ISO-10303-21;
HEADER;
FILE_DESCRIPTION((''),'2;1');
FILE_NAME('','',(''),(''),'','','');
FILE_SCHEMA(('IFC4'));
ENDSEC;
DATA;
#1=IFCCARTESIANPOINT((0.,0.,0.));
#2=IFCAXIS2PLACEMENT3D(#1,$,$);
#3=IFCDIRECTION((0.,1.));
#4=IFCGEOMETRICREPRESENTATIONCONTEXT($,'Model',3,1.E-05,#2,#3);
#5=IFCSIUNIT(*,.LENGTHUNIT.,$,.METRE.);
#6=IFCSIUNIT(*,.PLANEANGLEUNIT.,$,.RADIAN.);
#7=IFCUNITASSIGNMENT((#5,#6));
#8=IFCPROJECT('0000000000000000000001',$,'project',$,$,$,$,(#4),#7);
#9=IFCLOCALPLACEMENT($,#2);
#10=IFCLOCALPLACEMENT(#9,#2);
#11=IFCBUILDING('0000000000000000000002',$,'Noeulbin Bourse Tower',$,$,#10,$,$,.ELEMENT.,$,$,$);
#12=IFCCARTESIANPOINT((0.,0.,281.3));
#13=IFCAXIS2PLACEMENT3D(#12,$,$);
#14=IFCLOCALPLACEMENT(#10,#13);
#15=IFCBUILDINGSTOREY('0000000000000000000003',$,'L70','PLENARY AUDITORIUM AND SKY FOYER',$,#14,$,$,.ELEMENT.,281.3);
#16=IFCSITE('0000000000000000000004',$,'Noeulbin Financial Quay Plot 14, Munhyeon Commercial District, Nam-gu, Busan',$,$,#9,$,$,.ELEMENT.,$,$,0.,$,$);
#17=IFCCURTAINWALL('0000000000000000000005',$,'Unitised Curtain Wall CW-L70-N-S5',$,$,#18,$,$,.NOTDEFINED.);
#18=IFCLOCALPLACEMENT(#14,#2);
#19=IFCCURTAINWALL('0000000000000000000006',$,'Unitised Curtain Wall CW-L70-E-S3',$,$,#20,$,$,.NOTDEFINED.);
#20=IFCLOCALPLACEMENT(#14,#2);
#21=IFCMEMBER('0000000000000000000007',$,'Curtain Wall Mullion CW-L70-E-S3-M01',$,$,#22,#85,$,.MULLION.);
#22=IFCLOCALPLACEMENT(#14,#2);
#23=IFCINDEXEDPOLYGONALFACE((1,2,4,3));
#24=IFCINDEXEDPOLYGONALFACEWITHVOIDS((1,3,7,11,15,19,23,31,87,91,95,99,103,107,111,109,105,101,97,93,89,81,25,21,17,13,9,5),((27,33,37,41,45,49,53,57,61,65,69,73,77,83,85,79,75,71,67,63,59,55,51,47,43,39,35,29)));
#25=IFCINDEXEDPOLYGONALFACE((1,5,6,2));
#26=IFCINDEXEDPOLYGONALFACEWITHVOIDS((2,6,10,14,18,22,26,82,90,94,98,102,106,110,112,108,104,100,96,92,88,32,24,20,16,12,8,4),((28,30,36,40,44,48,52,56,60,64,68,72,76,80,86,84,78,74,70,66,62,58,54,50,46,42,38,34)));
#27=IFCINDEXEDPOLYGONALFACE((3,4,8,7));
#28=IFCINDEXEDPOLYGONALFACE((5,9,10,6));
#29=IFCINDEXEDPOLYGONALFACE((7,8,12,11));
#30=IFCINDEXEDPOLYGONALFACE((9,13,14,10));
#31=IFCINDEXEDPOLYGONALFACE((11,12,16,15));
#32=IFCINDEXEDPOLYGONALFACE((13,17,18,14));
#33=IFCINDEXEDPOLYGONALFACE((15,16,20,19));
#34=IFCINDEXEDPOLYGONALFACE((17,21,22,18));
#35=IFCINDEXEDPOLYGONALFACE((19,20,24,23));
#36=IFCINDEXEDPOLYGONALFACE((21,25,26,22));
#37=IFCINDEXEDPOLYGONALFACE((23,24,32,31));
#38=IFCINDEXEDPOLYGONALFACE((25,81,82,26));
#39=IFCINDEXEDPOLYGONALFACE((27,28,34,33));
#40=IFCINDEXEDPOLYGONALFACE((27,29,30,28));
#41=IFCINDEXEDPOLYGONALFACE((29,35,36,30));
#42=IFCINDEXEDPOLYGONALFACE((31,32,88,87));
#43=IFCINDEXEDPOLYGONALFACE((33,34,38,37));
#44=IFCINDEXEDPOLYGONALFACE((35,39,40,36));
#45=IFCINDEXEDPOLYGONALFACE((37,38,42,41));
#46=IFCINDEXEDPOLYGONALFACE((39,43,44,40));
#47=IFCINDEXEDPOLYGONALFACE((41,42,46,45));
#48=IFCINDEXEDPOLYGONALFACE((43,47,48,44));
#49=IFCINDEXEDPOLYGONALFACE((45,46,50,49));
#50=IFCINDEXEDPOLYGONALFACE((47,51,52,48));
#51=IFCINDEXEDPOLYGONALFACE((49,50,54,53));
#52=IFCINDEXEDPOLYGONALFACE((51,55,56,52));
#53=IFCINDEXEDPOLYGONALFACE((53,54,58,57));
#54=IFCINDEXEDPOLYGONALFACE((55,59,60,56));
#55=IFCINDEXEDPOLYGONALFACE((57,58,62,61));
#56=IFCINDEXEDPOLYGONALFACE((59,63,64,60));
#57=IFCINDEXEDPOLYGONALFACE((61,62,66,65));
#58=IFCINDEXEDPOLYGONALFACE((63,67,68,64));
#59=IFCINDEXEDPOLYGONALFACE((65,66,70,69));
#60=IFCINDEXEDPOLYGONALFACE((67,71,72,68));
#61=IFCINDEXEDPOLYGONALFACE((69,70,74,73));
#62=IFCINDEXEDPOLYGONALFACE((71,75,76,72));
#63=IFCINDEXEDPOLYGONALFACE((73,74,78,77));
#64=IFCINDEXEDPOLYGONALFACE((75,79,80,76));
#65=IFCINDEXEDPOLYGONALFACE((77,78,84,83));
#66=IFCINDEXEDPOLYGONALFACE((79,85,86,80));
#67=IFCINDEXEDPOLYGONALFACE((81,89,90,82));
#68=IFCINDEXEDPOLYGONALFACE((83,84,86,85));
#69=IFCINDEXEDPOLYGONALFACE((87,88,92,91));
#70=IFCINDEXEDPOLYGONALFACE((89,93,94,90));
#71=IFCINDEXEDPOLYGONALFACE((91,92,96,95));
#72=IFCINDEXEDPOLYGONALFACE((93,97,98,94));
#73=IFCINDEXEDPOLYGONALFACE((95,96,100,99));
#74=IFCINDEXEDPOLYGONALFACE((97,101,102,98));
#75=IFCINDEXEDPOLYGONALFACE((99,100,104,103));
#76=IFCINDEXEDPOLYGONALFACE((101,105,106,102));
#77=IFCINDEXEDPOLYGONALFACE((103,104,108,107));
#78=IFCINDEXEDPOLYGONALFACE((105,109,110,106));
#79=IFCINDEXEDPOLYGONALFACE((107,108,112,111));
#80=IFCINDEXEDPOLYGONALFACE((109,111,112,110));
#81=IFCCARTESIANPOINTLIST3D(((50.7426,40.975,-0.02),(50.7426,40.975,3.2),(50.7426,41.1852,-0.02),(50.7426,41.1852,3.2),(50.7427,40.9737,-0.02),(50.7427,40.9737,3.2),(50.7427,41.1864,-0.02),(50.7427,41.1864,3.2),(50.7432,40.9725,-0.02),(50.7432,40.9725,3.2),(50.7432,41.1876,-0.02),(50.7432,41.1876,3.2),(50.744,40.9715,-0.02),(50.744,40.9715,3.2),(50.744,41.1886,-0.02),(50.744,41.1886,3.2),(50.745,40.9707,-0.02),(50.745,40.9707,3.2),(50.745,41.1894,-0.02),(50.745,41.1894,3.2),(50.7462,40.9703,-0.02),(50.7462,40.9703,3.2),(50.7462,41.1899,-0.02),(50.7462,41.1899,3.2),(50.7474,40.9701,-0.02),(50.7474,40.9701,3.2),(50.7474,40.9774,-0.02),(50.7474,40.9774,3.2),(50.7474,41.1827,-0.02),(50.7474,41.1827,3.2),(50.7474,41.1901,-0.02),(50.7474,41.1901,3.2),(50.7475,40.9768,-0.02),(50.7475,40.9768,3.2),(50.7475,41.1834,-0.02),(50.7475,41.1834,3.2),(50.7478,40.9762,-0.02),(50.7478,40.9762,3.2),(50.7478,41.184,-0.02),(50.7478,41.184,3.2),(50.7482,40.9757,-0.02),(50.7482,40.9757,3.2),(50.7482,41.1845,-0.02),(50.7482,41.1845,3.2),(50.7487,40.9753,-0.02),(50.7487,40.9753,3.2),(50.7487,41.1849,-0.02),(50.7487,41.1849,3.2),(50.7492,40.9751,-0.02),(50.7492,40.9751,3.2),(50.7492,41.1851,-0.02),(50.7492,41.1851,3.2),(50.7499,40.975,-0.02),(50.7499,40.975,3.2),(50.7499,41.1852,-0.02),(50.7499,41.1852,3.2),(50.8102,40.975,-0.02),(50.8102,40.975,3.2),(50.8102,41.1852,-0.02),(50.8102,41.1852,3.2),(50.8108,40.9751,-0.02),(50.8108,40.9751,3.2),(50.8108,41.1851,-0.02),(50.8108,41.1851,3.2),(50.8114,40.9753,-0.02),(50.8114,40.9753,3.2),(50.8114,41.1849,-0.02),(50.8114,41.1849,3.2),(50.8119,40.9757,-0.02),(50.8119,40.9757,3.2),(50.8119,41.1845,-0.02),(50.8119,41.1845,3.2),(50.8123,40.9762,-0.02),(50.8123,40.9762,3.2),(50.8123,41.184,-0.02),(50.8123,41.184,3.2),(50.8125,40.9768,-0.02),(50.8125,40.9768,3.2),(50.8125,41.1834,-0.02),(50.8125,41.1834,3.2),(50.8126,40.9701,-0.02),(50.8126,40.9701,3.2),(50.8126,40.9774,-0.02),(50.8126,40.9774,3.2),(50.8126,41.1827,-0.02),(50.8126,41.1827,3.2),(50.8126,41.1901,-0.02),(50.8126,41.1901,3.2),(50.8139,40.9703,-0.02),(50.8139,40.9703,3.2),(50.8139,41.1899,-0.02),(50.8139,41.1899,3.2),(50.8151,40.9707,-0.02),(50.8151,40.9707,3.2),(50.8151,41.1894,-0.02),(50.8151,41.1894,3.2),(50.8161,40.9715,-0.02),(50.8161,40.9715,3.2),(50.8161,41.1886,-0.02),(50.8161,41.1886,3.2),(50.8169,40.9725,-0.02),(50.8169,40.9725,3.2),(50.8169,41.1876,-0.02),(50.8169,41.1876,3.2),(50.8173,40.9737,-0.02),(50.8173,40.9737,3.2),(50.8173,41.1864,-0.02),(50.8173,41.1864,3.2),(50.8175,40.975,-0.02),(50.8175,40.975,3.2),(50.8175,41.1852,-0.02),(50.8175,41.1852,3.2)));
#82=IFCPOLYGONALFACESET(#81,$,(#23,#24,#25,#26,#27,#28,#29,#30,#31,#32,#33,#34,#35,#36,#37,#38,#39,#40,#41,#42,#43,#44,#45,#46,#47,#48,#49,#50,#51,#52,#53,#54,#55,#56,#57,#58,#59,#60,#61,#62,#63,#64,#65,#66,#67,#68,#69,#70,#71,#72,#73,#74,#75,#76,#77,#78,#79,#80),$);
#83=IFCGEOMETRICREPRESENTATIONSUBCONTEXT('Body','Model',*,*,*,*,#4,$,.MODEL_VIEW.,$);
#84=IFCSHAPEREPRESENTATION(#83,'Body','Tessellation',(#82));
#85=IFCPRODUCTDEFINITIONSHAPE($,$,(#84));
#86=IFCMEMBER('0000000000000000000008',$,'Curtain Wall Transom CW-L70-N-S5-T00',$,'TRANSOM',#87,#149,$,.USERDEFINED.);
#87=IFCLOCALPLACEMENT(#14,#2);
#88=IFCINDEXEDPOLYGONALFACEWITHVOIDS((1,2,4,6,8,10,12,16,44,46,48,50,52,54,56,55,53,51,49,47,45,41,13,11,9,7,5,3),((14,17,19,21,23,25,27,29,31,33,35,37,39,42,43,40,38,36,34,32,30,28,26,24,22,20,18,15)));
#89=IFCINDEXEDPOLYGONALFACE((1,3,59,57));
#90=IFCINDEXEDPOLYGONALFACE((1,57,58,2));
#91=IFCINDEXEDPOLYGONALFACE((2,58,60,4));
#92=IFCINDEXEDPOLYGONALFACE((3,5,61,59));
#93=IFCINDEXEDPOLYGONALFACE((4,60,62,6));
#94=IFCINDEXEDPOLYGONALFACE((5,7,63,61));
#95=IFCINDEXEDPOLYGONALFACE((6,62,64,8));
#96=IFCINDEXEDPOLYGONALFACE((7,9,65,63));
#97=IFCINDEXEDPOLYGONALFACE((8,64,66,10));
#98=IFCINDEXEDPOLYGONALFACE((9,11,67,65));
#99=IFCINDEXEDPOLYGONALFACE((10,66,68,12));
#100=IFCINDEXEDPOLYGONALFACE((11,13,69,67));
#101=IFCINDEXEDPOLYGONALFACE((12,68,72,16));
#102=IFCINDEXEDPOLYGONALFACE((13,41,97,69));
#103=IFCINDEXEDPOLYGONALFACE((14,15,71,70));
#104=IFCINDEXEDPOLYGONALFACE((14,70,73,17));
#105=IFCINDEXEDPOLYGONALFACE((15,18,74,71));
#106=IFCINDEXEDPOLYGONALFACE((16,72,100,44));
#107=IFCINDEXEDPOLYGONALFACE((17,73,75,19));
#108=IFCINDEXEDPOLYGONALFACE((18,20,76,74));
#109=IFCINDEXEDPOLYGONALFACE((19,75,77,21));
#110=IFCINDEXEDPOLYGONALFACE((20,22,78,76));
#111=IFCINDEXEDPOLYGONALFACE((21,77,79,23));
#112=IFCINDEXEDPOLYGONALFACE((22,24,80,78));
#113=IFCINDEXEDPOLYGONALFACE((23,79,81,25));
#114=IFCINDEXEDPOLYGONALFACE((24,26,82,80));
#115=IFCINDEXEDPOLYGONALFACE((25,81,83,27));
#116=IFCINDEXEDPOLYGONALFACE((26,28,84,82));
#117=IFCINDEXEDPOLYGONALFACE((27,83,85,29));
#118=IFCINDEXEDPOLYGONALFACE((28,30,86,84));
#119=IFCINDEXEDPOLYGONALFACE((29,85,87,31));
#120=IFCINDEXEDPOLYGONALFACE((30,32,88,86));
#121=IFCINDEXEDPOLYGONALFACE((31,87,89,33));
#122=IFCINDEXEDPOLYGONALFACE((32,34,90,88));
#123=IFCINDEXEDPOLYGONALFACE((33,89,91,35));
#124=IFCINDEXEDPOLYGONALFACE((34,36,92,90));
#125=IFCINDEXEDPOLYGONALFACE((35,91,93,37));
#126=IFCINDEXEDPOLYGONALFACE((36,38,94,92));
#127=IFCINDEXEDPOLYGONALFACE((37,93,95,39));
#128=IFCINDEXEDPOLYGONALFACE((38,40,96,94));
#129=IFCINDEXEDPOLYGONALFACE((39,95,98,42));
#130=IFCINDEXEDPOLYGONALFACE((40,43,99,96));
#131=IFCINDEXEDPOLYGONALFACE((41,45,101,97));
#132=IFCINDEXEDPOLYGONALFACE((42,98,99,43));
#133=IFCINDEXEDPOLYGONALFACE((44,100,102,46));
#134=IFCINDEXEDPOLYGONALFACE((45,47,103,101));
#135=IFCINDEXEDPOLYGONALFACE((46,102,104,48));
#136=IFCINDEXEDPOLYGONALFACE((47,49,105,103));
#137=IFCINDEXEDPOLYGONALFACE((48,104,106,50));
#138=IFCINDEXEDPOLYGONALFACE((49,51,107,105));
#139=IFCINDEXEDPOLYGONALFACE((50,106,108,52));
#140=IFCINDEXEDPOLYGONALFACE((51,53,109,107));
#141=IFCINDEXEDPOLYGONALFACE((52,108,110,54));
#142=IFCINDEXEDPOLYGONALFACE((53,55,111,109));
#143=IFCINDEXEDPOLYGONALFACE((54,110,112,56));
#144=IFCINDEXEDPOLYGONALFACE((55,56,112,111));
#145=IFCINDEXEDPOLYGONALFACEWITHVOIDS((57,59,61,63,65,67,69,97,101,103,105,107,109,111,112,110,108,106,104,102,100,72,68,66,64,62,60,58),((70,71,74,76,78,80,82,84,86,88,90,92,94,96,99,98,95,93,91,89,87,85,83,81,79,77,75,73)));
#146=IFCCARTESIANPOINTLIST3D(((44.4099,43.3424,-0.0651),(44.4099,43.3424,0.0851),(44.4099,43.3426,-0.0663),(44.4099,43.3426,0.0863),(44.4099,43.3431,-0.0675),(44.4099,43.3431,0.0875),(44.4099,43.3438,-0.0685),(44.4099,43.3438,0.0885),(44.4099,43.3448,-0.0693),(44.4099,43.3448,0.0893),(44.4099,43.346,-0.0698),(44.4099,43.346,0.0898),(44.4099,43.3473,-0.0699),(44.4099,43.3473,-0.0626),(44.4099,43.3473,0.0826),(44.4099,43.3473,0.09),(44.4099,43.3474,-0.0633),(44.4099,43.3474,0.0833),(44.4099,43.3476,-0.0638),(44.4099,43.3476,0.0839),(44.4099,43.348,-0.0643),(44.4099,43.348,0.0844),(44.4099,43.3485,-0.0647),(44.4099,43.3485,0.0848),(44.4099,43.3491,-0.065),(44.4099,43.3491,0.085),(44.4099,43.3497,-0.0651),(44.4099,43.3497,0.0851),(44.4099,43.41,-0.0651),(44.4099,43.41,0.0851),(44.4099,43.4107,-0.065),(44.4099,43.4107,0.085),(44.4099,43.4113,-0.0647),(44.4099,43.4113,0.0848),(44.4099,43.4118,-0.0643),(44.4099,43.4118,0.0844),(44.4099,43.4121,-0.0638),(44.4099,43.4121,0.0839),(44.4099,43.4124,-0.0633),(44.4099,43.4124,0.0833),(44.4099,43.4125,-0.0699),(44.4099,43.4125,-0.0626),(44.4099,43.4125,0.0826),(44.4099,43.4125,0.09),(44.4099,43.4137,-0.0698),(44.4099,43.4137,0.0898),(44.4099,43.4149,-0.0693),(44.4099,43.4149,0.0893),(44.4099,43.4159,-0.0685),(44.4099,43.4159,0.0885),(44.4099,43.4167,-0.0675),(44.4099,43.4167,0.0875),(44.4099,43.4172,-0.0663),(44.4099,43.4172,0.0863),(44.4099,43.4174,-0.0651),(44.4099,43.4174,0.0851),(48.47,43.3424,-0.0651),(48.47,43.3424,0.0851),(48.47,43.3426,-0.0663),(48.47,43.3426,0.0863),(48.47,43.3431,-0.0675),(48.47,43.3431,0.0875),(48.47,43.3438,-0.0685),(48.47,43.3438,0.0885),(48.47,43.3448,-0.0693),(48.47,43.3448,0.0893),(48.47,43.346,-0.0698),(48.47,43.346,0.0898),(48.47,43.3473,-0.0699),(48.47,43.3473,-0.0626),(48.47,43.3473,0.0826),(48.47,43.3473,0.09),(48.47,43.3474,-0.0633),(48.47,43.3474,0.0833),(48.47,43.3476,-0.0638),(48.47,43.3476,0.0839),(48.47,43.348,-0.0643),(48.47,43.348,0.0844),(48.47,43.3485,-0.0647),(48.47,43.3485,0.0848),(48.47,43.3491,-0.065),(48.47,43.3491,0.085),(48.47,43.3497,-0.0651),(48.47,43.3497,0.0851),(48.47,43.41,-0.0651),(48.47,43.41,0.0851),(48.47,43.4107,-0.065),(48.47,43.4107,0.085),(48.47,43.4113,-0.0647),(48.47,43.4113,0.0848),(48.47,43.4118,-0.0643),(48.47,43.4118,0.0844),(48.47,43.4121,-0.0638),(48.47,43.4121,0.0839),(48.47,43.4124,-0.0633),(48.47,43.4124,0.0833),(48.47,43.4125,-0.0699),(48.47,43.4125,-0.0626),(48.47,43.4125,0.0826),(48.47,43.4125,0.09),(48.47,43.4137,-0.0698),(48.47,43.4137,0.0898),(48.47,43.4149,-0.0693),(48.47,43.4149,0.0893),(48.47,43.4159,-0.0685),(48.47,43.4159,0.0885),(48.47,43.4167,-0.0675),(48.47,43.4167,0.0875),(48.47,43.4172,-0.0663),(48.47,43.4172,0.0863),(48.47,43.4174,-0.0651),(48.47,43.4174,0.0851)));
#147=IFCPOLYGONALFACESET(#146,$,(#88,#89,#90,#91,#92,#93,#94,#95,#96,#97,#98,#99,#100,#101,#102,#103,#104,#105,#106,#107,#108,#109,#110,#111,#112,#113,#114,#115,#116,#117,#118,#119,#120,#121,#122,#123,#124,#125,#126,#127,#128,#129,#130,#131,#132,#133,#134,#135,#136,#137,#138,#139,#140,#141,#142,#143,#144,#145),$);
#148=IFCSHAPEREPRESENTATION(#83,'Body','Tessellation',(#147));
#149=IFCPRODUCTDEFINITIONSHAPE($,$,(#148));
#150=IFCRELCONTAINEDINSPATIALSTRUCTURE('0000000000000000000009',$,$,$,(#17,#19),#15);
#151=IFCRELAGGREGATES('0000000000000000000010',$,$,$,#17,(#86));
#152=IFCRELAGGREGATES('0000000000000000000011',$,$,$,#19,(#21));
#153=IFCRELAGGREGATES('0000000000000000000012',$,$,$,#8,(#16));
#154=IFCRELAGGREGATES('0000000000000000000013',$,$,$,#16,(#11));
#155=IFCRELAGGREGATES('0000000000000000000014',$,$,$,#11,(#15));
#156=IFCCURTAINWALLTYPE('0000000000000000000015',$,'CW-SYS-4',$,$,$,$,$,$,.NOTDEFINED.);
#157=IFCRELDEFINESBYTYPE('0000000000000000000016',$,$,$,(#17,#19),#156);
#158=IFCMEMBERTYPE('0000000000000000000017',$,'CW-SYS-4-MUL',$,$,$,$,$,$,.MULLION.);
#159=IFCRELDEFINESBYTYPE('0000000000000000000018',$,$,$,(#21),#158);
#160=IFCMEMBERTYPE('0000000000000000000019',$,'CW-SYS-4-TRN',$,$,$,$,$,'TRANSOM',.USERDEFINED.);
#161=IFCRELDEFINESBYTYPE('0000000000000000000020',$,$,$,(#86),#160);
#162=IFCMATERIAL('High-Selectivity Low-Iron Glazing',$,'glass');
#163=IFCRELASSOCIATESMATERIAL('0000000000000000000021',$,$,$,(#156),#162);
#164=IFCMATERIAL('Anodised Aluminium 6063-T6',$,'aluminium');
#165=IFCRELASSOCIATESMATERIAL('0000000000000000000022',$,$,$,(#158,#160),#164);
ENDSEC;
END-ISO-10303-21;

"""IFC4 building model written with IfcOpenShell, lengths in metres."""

from ifc_helpers import new_model, si_unit, direction, frame, origin, origin_2d, place, context, subcontext, project, spatial, hollow_rectangle, extrude, material, material_profile, profile_set, type_object, element, aggregate, save


model = new_model("IFC4")

# Units and contexts
model_context = context("Model", 3, precision=1e-05, world=origin(), true_north=direction((0.0, 1.0)))
body_context = subcontext(model_context, "Body", "Model", "MODEL_VIEW")
ifc_project = project(units=[si_unit("LENGTHUNIT", "METRE"), si_unit("PLANEANGLEUNIT", "RADIAN")], contexts=[model_context])

# Site, building, storey
site_placement = place(None, origin())
site = spatial("IfcSite", under=ifc_project, at=site_placement, Name="Noeulbin Financial Quay Plot 14, Munhyeon Commercial District, Nam-gu, Busan", CompositionType="ELEMENT", RefElevation=0.0)
building_placement = place(site_placement, origin())
building = spatial("IfcBuilding", under=site, at=building_placement, Name="Noeulbin Bourse Tower", CompositionType="ELEMENT")
storey_placement = place(building_placement, frame((0.0, 0.0, 281.3)))
storey = spatial("IfcBuildingStorey", under=building, at=storey_placement, Name="L70", Description="PLENARY AUDITORIUM AND SKY FOYER", CompositionType="ELEMENT", Elevation=281.3)

# Shared definitions
ifc_material_1 = material(Name="High-Selectivity Low-Iron Glazing", Category="glass")
curtain_wall_type = type_object("IfcCurtainWallType", Name="CW-SYS-4", PredefinedType="NOTDEFINED", material=ifc_material_1)
ifc_material_2 = material(Name="Anodised Aluminium 6063-T6", Category="aluminium")
ifc_material_profile_1 = material_profile(ifc_material_2, hollow_rectangle(XDim=0.075, YDim=0.22, WallThickness=0.0049, InnerFilletRadius=0.0024, OuterFilletRadius=0.0049, at=origin_2d()), Name="ALU-MULL-75x220x5", Category="LoadBearing")
ifc_profile_set_1 = profile_set([ifc_material_profile_1], Name="Anodised Aluminium 6063-T6")
member_type_1 = type_object("IfcMemberType", Name="CW-SYS-4-MUL", PredefinedType="MULLION", material=ifc_profile_set_1)

# Curtain walls, member
curtain_wall_1_placement = place(storey_placement, origin())
curtain_wall_1 = element("IfcCurtainWall", 1, at=curtain_wall_1_placement, inside=storey, type_object=curtain_wall_type, Name="Unitised Curtain Wall CW-L70-N-S5", PredefinedType="NOTDEFINED")
curtain_wall_2_placement = place(storey_placement, origin())
curtain_wall_2 = element("IfcCurtainWall", 2, at=curtain_wall_2_placement, inside=storey, type_object=curtain_wall_type, Name="Unitised Curtain Wall CW-L70-E-S3", PredefinedType="NOTDEFINED")
member_1_placement = place(storey_placement, frame((50.78, 41.0801, -0.02), z_axis=(0.0, 0.0, 1.0), x_axis=(1.0, 0.0, 0.0)))
member_1 = element("IfcMember", 3, at=member_1_placement, type_object=member_type_1, Name="Curtain Wall Mullion CW-L70-E-S3-M01", PredefinedType="MULLION", context=body_context, shape_type="SweptSolid", body=[
    extrude(hollow_rectangle(XDim=0.075, YDim=0.22, WallThickness=0.0049, InnerFilletRadius=0.0024, OuterFilletRadius=0.0049, at=origin_2d()), origin(), (0.0, 0.0, 1.0), 3.22),
])

# Member
ifc_material_profile_2 = material_profile(ifc_material_2, hollow_rectangle(XDim=0.075, YDim=0.1599, WallThickness=0.0049, InnerFilletRadius=0.0024, OuterFilletRadius=0.0049, at=origin_2d()), Name="ALU-TRAN-75x160x5", Category="LoadBearing")
ifc_profile_set_2 = profile_set([ifc_material_profile_2], Name="Anodised Aluminium 6063-T6")
member_type_2 = type_object("IfcMemberType", Name="CW-SYS-4-TRN", ElementType="TRANSOM", PredefinedType="USERDEFINED", material=ifc_profile_set_2)
member_2_placement = place(storey_placement, frame((44.4099, 43.3799, 0.01), z_axis=(1.0, 0.0, 0.0), x_axis=(0.0, 1.0, 0.0)))
member_2 = element("IfcMember", 4, at=member_2_placement, type_object=member_type_2, Name="Curtain Wall Transom CW-L70-N-S5-T00", ObjectType="TRANSOM", PredefinedType="USERDEFINED", context=body_context, shape_type="SweptSolid", body=[
    extrude(hollow_rectangle(XDim=0.075, YDim=0.1599, WallThickness=0.0049, InnerFilletRadius=0.0024, OuterFilletRadius=0.0049, at=origin_2d()), origin(), (0.0, 0.0, 1.0), 4.0601),
])

aggregate(curtain_wall_1, [member_2])
aggregate(curtain_wall_2, [member_1])

save(model, "model.ifc")
